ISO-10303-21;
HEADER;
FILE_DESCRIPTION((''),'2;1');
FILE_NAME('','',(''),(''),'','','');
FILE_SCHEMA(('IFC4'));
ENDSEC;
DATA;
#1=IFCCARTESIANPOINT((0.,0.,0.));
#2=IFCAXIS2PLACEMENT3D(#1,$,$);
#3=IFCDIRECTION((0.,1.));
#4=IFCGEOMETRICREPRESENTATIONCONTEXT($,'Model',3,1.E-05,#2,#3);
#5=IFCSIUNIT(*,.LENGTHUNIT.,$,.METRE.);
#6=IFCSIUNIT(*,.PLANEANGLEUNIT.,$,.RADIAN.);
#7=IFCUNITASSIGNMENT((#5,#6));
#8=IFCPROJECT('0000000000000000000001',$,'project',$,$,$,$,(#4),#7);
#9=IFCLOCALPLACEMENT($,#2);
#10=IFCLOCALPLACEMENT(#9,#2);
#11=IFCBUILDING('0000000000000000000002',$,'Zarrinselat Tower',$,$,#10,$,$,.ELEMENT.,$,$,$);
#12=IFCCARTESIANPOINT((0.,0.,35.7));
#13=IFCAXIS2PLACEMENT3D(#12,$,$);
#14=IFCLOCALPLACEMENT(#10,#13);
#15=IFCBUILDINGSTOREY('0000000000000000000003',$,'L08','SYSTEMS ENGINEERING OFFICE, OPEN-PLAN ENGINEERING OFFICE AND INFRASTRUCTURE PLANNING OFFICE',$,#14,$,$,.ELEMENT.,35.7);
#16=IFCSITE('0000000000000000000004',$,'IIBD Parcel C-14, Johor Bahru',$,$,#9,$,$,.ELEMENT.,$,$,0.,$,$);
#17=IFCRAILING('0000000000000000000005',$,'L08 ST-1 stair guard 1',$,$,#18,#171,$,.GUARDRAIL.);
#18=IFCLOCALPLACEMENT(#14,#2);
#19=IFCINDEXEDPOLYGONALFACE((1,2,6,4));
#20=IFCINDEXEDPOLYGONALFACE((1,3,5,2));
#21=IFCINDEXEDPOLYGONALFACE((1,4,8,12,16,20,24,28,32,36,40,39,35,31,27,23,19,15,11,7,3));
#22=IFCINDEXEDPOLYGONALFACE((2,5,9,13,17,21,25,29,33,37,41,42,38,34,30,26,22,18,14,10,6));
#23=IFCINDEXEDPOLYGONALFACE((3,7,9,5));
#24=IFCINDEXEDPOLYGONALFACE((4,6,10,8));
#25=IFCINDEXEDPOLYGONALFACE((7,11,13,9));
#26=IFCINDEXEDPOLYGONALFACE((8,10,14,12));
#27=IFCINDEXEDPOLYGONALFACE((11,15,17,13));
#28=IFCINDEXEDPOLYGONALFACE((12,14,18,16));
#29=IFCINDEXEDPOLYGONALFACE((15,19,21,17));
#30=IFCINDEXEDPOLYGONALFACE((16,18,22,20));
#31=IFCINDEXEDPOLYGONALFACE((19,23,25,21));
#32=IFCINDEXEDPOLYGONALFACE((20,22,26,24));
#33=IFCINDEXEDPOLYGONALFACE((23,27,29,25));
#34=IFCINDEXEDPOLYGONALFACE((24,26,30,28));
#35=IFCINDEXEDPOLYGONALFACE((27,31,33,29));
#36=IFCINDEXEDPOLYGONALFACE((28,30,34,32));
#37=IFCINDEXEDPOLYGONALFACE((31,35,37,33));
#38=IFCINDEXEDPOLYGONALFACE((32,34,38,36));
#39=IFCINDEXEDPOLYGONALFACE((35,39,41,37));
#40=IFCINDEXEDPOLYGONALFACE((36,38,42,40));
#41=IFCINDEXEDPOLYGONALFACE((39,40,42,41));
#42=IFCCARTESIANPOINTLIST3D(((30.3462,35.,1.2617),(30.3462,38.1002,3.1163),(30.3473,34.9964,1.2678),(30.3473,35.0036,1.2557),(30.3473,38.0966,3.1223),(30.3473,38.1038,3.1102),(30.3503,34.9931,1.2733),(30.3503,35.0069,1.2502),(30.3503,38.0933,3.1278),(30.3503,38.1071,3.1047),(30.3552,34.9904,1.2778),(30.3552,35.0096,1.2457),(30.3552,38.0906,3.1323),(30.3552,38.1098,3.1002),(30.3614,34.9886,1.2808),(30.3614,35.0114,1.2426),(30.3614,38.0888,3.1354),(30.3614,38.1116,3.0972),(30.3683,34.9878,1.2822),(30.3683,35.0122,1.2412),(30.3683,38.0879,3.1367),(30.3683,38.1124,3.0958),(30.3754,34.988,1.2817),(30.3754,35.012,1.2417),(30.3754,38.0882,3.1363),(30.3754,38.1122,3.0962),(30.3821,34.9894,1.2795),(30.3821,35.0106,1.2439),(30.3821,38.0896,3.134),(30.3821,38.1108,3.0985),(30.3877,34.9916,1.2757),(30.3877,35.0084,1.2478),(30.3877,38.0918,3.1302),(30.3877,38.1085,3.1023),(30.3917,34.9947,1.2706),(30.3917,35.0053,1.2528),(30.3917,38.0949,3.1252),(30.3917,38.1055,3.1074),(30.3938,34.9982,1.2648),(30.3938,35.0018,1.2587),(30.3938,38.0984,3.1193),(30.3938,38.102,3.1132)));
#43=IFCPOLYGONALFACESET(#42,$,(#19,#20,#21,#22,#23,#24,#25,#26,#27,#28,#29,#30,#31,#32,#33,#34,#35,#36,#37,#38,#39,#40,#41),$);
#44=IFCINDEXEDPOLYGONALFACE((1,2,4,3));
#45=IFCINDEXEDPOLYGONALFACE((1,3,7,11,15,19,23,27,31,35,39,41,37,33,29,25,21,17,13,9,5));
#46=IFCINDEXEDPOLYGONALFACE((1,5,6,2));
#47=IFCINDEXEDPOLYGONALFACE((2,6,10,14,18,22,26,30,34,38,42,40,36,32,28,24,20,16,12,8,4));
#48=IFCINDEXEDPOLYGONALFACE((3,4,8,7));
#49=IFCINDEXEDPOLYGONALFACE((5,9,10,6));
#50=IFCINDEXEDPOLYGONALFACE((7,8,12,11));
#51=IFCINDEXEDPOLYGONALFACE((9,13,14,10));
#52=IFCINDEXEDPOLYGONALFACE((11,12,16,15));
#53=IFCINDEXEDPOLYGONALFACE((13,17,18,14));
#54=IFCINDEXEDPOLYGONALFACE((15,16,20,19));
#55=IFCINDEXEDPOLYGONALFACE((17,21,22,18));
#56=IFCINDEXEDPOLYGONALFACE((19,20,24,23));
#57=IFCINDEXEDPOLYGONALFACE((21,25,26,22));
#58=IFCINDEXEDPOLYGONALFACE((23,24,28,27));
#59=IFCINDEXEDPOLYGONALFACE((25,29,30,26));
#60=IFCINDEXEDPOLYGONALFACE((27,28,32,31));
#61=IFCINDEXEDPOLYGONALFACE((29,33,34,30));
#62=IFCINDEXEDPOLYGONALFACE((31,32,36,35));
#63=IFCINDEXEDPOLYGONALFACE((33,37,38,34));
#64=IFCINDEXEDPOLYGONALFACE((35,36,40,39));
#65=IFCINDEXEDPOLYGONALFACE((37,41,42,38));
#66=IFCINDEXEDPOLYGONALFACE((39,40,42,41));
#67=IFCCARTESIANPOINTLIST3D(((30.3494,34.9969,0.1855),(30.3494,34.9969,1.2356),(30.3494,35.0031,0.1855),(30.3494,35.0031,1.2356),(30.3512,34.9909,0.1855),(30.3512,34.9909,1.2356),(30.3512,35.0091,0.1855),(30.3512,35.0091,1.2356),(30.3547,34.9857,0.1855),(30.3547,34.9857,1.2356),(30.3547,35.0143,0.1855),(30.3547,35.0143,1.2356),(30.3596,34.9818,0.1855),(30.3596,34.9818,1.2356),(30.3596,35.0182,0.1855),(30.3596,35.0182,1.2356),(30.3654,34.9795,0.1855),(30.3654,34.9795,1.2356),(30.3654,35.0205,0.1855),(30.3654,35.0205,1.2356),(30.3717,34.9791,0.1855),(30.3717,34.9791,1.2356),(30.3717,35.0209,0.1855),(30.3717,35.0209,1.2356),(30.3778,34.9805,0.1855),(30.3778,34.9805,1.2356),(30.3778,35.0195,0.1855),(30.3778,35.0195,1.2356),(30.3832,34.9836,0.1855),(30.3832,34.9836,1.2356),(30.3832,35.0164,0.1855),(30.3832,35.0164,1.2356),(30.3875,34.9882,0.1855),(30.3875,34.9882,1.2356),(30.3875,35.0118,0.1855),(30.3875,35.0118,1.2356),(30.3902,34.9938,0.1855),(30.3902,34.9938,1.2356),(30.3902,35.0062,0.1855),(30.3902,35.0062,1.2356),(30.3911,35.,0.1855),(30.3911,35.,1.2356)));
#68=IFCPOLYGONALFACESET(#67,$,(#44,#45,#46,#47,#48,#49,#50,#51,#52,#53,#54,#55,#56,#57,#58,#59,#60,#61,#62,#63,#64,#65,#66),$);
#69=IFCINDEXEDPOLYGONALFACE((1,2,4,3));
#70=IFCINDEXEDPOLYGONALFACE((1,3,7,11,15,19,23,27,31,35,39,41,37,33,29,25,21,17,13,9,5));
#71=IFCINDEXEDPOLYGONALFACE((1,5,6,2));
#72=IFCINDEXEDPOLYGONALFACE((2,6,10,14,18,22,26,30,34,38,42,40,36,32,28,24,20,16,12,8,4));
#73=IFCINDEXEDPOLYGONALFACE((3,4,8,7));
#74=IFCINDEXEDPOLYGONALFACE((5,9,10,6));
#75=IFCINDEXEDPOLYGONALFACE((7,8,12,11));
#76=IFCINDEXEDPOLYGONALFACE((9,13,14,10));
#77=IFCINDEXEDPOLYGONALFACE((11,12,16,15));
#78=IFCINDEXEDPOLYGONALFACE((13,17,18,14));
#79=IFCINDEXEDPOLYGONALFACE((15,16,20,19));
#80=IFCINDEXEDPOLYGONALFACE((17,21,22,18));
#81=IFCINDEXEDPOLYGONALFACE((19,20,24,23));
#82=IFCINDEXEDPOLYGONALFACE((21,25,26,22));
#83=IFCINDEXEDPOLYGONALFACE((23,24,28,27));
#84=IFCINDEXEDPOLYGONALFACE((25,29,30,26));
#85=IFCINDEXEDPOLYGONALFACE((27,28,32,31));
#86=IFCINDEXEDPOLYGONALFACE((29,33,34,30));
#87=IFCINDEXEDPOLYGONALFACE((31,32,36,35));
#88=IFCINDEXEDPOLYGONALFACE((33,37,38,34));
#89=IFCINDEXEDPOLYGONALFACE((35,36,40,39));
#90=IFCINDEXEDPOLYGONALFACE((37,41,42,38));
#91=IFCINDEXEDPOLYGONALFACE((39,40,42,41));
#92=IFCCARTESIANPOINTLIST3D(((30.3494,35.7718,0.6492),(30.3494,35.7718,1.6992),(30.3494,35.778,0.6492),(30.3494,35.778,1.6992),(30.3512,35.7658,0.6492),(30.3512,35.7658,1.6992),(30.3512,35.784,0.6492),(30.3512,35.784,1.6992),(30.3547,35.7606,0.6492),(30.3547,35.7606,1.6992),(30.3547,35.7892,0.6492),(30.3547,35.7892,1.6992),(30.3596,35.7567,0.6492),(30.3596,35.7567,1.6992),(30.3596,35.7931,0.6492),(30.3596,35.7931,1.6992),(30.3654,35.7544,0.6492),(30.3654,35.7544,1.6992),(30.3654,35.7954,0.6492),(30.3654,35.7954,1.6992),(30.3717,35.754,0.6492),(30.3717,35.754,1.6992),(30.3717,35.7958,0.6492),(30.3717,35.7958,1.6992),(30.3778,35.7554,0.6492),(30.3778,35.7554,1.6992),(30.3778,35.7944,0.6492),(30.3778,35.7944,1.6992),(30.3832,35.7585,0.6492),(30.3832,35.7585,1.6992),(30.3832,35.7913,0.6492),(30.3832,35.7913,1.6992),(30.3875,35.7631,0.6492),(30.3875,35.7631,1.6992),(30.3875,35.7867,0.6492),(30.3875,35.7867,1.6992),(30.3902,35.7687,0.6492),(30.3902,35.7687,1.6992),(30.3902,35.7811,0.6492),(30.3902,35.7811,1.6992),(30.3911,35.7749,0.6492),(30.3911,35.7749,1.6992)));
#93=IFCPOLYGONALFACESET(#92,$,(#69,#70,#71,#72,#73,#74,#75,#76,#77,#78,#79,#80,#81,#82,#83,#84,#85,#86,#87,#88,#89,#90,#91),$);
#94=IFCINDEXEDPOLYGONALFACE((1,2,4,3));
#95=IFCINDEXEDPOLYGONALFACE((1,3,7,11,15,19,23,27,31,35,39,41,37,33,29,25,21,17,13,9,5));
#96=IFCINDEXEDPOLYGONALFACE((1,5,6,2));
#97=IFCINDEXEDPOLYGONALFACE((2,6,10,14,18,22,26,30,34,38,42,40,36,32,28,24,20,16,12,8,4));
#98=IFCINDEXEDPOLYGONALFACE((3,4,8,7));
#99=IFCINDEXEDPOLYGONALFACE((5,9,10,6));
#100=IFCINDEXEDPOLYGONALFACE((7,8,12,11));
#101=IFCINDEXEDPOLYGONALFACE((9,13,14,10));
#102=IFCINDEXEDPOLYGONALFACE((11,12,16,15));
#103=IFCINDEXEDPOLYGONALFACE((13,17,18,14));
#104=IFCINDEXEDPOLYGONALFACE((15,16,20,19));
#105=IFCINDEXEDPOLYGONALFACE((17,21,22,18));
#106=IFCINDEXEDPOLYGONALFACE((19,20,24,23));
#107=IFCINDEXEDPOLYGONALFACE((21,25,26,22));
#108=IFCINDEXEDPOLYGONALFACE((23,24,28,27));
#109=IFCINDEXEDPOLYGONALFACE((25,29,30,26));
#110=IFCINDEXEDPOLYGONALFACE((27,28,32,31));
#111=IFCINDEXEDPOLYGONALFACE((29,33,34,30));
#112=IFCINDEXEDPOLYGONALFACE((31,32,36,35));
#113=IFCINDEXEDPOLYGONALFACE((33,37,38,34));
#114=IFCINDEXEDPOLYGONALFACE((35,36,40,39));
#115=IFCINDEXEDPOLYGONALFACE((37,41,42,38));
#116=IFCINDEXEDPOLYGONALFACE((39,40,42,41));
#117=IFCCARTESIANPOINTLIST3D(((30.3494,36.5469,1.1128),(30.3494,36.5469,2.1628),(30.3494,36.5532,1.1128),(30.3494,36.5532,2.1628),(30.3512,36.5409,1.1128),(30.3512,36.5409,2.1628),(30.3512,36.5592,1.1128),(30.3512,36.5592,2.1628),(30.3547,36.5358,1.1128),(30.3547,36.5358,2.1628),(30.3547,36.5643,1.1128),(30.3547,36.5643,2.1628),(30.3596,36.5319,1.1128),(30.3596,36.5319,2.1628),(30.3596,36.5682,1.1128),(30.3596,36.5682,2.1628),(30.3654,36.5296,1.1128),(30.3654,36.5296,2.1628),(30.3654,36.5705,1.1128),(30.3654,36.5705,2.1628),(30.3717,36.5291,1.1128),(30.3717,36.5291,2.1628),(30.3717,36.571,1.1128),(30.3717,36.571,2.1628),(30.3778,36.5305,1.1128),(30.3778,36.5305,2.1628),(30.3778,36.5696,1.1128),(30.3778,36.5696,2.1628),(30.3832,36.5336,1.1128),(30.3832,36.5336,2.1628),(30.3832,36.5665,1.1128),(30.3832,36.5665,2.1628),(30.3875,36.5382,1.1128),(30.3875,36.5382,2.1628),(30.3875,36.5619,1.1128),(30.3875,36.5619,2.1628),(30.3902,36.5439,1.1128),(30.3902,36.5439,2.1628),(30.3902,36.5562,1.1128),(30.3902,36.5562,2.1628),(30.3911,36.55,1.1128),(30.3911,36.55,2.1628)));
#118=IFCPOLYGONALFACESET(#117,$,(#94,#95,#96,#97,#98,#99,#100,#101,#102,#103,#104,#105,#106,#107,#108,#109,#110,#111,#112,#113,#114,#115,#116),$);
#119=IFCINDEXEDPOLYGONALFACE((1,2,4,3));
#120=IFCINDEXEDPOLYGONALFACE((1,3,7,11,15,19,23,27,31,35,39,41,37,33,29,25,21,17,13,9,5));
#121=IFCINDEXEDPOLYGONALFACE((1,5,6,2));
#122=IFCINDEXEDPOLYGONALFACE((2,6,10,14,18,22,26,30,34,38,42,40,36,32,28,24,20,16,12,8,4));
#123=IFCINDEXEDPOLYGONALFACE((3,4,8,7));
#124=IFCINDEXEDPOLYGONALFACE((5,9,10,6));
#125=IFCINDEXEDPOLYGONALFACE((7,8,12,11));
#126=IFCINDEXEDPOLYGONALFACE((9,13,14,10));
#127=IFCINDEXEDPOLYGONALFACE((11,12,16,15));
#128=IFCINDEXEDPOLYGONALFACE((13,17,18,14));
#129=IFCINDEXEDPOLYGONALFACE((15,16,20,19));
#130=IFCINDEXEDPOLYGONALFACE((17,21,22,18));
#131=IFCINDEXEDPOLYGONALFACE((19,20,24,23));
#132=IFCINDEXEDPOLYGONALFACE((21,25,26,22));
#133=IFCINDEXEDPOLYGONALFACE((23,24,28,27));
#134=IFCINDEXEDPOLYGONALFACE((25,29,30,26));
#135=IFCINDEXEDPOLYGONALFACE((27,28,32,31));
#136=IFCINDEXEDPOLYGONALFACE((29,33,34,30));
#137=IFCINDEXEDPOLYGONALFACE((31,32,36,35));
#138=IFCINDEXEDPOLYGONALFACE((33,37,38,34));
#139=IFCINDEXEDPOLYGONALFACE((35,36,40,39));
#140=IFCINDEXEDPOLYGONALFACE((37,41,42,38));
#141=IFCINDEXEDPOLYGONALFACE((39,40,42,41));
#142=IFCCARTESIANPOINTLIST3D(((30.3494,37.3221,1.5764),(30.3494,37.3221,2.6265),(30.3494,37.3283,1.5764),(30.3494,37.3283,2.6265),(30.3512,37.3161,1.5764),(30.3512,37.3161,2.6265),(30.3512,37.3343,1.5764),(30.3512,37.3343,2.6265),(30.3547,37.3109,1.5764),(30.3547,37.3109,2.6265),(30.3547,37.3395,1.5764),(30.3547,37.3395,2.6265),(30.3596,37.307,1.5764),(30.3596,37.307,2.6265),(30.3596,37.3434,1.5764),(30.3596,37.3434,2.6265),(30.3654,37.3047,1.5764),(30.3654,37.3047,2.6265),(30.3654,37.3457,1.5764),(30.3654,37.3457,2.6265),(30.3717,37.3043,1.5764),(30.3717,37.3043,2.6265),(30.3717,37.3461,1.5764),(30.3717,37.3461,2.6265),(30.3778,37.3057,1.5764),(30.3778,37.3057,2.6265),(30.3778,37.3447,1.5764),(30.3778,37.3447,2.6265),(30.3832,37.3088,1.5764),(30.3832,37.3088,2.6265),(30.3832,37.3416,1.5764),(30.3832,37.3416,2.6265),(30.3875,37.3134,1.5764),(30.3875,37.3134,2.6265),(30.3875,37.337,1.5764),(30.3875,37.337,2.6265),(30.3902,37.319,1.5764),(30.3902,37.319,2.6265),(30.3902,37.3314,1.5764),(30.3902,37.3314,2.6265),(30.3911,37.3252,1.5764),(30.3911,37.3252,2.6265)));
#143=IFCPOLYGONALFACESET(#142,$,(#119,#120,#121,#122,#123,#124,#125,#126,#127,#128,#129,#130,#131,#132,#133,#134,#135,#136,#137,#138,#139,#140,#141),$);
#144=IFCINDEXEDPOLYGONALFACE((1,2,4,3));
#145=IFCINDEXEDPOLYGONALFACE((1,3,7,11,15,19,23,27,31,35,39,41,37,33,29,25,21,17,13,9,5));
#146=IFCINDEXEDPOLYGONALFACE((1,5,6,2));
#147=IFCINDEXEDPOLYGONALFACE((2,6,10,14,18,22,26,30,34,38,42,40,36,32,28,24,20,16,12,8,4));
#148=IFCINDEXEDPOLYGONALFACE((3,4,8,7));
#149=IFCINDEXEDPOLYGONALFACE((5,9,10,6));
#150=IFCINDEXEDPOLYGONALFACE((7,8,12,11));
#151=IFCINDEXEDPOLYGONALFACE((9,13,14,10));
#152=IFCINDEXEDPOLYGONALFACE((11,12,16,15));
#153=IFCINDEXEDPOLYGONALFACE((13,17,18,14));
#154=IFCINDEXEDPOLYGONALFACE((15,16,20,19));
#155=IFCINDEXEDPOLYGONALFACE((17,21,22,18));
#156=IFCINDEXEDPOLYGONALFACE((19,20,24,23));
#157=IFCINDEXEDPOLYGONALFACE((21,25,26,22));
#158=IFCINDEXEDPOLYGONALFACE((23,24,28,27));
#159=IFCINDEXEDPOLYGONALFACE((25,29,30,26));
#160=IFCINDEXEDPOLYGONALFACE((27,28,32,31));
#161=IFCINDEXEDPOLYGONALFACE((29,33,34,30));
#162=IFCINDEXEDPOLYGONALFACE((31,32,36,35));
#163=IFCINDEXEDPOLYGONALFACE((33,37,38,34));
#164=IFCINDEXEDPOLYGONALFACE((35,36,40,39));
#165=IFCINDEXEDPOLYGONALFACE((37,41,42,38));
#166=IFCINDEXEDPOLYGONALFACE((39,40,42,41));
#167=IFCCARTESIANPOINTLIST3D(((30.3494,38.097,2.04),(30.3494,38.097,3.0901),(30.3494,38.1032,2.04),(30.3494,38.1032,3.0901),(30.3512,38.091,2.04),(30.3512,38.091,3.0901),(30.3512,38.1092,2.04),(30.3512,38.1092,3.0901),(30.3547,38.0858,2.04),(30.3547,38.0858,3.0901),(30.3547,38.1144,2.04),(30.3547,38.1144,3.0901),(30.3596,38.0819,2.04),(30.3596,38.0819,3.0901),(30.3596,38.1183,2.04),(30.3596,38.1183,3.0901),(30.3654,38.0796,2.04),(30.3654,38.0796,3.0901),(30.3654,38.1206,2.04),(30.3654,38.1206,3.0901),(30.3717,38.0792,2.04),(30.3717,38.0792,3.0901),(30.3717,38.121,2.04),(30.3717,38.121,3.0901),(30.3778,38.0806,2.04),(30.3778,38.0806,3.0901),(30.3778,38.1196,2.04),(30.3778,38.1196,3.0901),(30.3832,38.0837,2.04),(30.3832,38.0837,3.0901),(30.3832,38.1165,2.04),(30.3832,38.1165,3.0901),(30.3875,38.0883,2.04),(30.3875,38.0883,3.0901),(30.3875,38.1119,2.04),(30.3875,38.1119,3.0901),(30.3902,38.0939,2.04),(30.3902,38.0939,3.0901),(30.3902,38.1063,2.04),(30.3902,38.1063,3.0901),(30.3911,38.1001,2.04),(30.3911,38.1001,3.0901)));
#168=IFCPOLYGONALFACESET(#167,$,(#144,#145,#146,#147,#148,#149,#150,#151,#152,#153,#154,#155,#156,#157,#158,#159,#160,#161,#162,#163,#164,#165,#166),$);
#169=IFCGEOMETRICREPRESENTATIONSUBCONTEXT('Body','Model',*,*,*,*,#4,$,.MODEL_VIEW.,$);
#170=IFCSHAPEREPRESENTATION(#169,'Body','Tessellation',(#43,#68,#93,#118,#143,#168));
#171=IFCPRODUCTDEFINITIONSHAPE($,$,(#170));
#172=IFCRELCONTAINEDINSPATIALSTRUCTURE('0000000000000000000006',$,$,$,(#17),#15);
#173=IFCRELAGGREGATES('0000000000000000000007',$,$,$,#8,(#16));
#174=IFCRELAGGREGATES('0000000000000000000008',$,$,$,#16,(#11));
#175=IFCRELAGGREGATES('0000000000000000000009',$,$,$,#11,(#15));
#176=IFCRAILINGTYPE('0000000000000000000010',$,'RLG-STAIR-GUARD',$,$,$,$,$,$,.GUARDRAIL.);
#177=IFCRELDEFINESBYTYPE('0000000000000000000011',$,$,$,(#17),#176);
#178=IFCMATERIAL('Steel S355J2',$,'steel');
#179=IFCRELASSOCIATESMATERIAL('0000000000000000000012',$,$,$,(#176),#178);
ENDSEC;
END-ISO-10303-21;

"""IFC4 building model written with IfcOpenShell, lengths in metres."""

from ifc_helpers import new_model, si_unit, direction, frame, origin, origin_2d, place, context, subcontext, project, spatial, circle, extrude, material, type_object, element, save


model = new_model("IFC4")

# Units and contexts
model_context = context("Model", 3, precision=1e-05, world=origin(), true_north=direction((0.0, 1.0)))
body_context = subcontext(model_context, "Body", "Model", "MODEL_VIEW")
ifc_project = project(units=[si_unit("LENGTHUNIT", "METRE"), si_unit("PLANEANGLEUNIT", "RADIAN")], contexts=[model_context])

# Site, building, storey
site_placement = place(None, origin())
site = spatial("IfcSite", under=ifc_project, at=site_placement, Name="IIBD Parcel C-14, Johor Bahru", CompositionType="ELEMENT", RefElevation=0.0)
building_placement = place(site_placement, origin())
building = spatial("IfcBuilding", under=site, at=building_placement, Name="Zarrinselat Tower", CompositionType="ELEMENT")
storey_placement = place(building_placement, frame((0.0, 0.0, 35.7)))
storey = spatial("IfcBuildingStorey", under=building, at=storey_placement, Name="L08", Description="SYSTEMS ENGINEERING OFFICE, OPEN-PLAN ENGINEERING OFFICE AND INFRASTRUCTURE PLANNING OFFICE", CompositionType="ELEMENT", Elevation=35.7)

# Railing
ifc_material_1 = material(Name="Steel S355J2", Category="steel")
railing_type_1 = type_object("IfcRailingType", Name="RLG-STAIR-GUARD", PredefinedType="GUARDRAIL", material=ifc_material_1)
railing_1_placement = place(storey_placement, frame((30.3701, 35.0, 0.1855)))
element("IfcRailing", 1, at=railing_1_placement, inside=storey, type_object=railing_type_1, Name="L08 ST-1 stair guard 1", PredefinedType="GUARDRAIL", context=body_context, shape_type="SweptSolid", body=[
    extrude(circle(Radius=0.0239, at=origin_2d()), frame((0.0, 0.0, 1.0762), z_axis=(0.0, 0.858172, 0.513362), x_axis=(-1.0, 0.0, 0.0)), (0.0, 0.0, 1.0), 3.6125),
    extrude(circle(Radius=0.021, at=origin_2d()), origin(), (0.0, 0.0, 1.0), 1.05),
    extrude(circle(Radius=0.021, at=origin_2d()), frame((0.0, 0.7749, 0.4636)), (0.0, 0.0, 1.0), 1.05),
    extrude(circle(Radius=0.021, at=origin_2d()), frame((0.0, 1.55, 0.9272)), (0.0, 0.0, 1.0), 1.05),
    extrude(circle(Radius=0.021, at=origin_2d()), frame((0.0, 2.3252, 1.3909)), (0.0, 0.0, 1.0), 1.05),
    extrude(circle(Radius=0.021, at=origin_2d()), frame((0.0, 3.1001, 1.8545)), (0.0, 0.0, 1.0), 1.05),
])

save(model, "model.ifc")
